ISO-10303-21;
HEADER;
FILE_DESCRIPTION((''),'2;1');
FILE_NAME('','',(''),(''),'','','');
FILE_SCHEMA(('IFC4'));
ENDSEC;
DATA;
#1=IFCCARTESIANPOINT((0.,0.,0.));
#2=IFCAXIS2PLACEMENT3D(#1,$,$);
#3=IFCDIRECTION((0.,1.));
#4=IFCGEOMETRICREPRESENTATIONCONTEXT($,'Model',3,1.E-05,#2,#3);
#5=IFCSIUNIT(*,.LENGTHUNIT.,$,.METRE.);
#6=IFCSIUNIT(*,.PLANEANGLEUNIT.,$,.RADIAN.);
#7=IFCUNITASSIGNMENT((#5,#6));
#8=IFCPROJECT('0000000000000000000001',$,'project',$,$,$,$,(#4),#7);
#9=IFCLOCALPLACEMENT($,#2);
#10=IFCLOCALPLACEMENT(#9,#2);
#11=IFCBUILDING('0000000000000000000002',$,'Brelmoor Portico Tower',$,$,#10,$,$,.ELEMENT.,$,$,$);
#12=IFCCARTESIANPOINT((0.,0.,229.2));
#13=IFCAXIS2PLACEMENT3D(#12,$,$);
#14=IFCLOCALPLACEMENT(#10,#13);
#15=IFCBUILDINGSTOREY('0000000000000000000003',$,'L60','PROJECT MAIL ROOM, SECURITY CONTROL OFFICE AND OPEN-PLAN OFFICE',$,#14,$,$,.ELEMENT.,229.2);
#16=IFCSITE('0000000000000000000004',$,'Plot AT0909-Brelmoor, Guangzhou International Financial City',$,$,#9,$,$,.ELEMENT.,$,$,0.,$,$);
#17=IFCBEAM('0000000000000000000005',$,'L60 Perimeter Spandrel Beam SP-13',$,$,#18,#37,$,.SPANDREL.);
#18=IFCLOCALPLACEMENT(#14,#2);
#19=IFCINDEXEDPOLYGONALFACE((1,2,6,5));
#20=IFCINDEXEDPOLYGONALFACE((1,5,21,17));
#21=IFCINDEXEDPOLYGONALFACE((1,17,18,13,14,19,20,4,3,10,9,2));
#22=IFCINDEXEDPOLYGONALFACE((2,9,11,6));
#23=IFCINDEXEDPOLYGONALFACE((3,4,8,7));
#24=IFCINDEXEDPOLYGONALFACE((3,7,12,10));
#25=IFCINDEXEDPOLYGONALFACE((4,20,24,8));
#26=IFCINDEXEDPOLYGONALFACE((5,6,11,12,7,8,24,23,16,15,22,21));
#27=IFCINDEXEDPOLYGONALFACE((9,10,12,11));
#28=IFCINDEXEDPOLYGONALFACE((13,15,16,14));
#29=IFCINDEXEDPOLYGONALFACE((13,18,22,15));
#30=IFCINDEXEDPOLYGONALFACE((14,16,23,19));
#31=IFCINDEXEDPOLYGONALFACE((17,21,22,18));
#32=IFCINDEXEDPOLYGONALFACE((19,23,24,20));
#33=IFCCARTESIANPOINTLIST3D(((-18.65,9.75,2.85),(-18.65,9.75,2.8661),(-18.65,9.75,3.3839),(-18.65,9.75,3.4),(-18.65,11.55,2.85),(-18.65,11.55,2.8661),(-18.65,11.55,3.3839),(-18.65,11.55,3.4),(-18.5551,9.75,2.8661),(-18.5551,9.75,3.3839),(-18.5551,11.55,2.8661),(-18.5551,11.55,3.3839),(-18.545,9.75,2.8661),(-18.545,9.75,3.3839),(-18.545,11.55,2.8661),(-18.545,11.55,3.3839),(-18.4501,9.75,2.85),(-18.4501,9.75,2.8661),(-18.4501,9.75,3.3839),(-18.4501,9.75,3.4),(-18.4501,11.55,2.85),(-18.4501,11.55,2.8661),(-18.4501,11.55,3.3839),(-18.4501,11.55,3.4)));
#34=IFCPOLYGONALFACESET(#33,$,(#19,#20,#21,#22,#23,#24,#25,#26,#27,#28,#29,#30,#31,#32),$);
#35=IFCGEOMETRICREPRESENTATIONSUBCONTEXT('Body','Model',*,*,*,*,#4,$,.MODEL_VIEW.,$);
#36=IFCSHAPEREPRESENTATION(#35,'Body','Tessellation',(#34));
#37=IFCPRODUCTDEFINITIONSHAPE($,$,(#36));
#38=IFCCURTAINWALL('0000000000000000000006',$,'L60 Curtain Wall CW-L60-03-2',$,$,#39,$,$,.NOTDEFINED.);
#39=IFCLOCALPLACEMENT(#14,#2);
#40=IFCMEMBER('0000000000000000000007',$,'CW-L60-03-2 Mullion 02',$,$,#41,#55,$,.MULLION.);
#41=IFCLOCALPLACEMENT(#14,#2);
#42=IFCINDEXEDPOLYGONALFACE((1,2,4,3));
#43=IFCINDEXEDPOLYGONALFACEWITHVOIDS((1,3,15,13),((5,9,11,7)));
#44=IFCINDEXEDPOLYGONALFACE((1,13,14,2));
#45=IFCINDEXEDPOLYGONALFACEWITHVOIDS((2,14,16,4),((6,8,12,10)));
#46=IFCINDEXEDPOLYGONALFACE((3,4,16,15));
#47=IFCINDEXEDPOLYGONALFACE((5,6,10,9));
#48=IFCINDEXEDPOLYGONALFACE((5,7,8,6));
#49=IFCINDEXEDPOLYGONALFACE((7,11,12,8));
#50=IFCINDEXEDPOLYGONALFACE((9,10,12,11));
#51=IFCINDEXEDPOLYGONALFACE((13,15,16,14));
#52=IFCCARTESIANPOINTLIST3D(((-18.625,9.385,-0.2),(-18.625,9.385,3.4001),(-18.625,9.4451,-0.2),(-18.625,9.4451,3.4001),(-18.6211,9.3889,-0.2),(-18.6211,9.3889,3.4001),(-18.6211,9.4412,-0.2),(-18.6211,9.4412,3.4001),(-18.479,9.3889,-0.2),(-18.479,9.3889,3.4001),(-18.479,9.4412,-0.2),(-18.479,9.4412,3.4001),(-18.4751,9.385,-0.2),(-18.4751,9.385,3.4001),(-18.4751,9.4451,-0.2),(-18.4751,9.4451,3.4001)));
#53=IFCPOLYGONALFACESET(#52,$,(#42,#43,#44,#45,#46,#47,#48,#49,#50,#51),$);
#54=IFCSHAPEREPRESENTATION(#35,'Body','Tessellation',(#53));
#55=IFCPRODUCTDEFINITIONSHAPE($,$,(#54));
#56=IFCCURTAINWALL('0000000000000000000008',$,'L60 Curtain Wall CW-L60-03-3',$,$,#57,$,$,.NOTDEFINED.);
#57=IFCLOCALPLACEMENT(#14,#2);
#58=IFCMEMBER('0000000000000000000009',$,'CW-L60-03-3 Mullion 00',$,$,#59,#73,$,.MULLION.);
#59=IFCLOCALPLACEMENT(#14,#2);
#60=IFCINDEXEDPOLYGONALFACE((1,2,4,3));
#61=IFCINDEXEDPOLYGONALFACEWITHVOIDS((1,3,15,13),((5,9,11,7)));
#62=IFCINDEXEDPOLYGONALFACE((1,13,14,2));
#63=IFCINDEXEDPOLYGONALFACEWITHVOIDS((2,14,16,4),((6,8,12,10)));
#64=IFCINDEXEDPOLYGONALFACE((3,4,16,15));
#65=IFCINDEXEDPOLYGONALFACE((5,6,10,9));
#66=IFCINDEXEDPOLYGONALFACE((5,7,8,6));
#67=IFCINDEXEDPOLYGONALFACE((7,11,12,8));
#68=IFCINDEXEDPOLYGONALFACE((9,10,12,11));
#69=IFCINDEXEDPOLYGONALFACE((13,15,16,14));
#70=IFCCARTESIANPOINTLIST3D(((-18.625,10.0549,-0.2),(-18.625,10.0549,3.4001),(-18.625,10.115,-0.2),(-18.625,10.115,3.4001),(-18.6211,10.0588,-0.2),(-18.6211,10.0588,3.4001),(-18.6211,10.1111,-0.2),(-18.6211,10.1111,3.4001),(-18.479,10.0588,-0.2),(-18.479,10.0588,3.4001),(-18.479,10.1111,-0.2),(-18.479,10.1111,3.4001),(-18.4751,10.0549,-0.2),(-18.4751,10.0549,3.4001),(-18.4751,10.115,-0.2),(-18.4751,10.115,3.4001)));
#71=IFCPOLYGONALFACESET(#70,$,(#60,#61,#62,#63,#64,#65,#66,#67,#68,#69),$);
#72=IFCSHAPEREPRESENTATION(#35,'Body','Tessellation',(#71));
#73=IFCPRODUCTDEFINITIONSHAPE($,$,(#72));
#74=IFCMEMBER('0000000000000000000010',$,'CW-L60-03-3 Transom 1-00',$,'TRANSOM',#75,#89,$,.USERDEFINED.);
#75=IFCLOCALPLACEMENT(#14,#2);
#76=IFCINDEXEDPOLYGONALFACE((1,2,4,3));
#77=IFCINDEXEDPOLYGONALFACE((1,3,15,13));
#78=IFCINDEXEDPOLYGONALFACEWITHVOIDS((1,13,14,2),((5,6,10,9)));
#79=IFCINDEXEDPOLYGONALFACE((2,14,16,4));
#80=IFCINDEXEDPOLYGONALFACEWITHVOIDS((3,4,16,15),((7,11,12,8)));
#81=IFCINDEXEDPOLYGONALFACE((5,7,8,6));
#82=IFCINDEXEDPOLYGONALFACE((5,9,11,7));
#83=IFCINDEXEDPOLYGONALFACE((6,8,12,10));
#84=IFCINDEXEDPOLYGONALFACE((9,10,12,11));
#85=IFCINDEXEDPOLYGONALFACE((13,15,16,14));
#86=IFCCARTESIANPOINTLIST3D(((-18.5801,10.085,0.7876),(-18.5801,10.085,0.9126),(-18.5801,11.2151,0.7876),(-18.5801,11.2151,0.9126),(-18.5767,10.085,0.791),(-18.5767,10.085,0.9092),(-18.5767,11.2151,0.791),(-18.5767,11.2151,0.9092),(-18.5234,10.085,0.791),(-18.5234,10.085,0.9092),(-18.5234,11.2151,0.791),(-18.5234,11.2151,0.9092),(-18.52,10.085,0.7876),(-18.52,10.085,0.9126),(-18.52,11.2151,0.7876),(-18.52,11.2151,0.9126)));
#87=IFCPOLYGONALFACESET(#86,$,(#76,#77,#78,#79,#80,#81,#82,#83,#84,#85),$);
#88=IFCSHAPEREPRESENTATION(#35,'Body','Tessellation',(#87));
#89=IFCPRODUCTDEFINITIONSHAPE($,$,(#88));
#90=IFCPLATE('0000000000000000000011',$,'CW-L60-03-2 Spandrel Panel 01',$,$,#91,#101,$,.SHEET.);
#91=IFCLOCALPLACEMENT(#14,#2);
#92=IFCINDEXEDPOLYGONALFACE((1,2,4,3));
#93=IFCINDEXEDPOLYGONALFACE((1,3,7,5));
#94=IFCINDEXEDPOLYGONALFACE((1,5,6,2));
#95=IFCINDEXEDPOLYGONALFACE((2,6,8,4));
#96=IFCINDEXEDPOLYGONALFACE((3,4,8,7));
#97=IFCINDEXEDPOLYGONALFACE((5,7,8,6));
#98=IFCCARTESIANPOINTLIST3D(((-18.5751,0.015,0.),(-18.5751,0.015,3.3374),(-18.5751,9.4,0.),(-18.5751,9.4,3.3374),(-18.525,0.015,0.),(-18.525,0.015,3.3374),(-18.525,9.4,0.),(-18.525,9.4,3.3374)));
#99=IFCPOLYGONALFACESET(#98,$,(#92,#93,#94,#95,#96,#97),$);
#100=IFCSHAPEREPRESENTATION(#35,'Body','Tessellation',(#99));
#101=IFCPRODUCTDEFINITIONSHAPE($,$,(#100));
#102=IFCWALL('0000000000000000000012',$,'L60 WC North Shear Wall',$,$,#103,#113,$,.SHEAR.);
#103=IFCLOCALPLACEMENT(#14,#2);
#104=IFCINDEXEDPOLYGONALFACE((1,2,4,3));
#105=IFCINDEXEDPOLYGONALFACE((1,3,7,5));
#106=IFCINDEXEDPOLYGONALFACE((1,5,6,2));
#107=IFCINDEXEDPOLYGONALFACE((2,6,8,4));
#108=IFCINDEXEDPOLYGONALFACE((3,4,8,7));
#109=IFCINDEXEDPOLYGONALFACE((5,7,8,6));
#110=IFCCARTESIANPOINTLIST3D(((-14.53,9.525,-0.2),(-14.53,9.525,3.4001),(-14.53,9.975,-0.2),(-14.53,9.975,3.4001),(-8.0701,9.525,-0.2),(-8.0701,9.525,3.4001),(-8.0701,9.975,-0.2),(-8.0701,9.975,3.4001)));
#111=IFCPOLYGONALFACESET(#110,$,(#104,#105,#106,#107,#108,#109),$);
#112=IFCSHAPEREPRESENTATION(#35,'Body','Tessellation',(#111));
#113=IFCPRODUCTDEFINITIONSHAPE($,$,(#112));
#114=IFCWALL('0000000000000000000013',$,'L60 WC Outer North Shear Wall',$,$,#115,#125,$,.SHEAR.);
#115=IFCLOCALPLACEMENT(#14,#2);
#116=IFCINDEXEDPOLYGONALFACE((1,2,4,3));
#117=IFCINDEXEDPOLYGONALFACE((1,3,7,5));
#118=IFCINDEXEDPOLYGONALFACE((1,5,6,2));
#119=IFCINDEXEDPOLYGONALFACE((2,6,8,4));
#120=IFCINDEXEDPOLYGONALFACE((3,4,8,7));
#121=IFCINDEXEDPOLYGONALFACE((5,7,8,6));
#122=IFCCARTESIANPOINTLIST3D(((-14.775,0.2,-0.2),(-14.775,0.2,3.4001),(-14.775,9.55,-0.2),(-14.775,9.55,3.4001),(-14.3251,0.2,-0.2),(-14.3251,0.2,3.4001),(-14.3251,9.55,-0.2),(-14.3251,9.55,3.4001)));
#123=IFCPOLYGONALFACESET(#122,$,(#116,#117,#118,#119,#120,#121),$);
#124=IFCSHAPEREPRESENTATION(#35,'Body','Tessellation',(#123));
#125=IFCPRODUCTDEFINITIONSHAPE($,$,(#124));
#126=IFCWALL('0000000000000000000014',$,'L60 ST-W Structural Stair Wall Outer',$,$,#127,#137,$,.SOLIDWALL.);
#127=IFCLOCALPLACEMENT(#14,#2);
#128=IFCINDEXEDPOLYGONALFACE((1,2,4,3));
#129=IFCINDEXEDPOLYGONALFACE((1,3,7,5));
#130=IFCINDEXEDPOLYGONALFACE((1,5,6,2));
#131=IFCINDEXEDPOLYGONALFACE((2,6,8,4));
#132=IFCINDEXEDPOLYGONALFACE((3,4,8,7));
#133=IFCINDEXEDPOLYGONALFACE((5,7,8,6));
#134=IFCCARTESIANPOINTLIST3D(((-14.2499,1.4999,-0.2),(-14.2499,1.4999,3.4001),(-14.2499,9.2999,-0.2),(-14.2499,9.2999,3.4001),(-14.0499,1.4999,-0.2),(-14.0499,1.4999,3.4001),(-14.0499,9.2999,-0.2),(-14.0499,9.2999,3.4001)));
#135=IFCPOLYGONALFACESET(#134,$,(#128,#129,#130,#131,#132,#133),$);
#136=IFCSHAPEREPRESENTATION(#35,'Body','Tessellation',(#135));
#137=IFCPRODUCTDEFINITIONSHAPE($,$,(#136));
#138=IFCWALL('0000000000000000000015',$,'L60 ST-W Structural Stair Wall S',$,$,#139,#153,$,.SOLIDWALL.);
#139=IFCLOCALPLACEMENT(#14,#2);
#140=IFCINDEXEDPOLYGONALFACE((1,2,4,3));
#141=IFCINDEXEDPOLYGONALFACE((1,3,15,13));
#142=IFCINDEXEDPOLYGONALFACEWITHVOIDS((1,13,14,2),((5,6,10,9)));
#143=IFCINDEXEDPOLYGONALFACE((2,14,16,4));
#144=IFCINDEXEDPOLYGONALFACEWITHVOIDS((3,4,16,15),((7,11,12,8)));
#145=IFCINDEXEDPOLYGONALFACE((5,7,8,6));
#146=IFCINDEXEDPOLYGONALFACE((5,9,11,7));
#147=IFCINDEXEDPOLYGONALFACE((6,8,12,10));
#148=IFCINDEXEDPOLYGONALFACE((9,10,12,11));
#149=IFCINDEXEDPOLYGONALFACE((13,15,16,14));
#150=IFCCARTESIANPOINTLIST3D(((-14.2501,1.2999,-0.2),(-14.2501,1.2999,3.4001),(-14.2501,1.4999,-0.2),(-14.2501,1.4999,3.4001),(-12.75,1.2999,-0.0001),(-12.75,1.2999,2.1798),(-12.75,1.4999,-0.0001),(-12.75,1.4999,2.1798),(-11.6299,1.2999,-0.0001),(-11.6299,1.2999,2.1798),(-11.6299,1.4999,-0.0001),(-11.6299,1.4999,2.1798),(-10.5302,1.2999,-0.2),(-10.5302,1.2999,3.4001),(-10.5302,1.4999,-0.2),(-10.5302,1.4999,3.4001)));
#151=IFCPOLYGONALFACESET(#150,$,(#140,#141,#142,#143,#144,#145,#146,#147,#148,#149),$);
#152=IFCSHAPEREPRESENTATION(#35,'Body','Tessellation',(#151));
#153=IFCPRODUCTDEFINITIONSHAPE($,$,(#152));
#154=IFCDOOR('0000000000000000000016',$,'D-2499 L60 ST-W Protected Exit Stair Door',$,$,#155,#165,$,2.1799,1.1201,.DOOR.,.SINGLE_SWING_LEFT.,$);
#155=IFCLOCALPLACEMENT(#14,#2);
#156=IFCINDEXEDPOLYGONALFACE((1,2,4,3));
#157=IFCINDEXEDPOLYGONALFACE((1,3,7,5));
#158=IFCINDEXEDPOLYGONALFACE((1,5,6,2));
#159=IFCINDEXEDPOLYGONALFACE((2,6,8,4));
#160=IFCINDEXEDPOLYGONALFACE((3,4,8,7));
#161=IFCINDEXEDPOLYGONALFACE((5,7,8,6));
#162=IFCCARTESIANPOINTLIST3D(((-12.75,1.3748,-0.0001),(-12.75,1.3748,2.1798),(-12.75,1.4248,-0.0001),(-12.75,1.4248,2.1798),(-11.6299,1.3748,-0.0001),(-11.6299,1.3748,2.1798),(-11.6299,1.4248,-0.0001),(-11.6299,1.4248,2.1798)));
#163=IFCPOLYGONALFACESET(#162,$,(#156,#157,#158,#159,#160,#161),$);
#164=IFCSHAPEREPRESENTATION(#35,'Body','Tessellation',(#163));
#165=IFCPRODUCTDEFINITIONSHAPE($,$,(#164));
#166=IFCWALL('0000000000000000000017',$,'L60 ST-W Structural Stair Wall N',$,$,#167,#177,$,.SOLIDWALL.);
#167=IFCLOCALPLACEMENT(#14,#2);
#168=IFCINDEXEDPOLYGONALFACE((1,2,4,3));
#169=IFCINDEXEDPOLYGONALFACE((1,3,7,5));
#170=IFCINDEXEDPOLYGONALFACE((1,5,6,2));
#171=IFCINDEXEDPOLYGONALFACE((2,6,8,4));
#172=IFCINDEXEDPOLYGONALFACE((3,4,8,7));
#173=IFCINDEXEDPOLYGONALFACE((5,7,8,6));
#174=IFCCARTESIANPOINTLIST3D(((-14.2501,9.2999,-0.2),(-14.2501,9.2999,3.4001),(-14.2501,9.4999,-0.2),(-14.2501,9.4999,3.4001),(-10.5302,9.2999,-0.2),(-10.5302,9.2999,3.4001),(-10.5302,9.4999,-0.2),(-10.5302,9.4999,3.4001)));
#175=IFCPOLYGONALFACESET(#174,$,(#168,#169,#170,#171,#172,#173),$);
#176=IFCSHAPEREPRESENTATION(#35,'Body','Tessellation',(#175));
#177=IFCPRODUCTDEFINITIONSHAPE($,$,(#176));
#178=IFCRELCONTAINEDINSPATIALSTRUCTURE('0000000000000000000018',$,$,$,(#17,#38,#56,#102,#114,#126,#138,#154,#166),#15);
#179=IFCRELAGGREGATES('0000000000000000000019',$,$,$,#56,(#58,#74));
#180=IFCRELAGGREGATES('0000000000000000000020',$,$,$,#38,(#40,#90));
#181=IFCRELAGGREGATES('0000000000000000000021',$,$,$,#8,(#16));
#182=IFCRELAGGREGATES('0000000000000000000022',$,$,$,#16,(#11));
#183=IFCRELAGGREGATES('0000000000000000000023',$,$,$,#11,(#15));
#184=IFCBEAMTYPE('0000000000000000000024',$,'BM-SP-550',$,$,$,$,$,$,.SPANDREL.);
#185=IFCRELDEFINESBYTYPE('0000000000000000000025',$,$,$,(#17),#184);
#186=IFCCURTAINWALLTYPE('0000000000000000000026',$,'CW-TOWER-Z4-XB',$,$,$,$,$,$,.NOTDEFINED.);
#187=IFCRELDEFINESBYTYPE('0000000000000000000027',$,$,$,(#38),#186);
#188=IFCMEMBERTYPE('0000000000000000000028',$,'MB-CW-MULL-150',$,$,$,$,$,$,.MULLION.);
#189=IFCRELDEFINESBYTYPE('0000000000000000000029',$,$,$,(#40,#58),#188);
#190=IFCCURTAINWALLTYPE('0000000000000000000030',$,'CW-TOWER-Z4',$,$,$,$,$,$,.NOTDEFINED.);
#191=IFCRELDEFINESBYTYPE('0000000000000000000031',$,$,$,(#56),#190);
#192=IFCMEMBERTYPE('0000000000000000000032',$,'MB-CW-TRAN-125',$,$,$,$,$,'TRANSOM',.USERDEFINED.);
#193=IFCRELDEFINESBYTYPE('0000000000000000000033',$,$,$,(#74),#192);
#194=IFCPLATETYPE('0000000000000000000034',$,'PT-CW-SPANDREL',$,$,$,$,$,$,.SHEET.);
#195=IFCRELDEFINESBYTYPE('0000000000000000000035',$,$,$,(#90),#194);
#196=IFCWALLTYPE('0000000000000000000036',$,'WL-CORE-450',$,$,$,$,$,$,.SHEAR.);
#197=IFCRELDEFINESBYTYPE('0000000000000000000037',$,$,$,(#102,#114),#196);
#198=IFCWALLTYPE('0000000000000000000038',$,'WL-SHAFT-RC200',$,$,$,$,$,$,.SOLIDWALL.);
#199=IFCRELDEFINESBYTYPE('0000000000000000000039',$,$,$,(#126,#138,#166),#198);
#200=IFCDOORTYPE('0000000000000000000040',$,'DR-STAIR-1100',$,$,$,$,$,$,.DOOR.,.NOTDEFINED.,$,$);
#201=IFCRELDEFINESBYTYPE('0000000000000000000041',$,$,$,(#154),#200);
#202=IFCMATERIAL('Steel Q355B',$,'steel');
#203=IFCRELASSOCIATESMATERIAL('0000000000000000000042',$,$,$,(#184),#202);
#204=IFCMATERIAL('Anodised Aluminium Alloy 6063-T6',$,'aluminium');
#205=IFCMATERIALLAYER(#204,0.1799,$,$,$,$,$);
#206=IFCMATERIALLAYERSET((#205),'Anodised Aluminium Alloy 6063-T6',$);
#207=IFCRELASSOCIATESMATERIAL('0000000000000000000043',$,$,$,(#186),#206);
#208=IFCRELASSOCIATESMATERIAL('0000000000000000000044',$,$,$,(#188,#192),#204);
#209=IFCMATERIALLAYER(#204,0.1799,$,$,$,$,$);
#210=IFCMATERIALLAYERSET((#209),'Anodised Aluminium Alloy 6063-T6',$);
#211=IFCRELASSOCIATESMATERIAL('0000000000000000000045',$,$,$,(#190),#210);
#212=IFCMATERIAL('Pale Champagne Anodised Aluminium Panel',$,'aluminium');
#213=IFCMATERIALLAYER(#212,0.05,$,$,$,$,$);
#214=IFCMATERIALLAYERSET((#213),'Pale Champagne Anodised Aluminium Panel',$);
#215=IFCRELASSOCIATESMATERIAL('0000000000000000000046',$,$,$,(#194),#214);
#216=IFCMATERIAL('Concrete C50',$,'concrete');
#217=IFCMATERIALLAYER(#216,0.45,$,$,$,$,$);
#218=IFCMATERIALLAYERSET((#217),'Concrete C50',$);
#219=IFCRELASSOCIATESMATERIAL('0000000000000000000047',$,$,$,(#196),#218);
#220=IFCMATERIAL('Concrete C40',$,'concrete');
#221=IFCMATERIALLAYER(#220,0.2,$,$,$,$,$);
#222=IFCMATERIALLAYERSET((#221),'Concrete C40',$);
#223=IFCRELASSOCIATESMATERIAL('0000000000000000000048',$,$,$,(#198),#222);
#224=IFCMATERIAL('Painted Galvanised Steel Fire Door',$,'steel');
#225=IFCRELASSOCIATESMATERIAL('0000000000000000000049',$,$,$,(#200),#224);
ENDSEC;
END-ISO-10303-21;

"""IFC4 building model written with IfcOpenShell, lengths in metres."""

from ifc_helpers import new_model, si_unit, direction, frame, frame_2d, origin, origin_2d, place, context, subcontext, project, spatial, rectangle, hollow_rectangle, i_section, extrude, material, layer, layer_set, material_profile, profile_set, type_object, element, fill, aggregate, save


model = new_model("IFC4")

# Units and contexts
model_context = context("Model", 3, precision=1e-05, world=origin(), true_north=direction((0.0, 1.0)))
body_context = subcontext(model_context, "Body", "Model", "MODEL_VIEW")
ifc_project = project(units=[si_unit("LENGTHUNIT", "METRE"), si_unit("PLANEANGLEUNIT", "RADIAN")], contexts=[model_context])

# Site, building, storey
site_placement = place(None, origin())
site = spatial("IfcSite", under=ifc_project, at=site_placement, Name="Plot AT0909-Brelmoor, Guangzhou International Financial City", CompositionType="ELEMENT", RefElevation=0.0)
building_placement = place(site_placement, origin())
building = spatial("IfcBuilding", under=site, at=building_placement, Name="Brelmoor Portico Tower", CompositionType="ELEMENT")
storey_placement = place(building_placement, frame((0.0, 0.0, 229.2)))
storey = spatial("IfcBuildingStorey", under=building, at=storey_placement, Name="L60", Description="PROJECT MAIL ROOM, SECURITY CONTROL OFFICE AND OPEN-PLAN OFFICE", CompositionType="ELEMENT", Elevation=229.2)

# Shared definitions
ifc_material_1 = material(Name="Steel Q355B", Category="steel")

# Beam
ifc_material_profile_1 = material_profile(ifc_material_1, i_section(OverallWidth=0.2, OverallDepth=0.55, WebThickness=0.01, FlangeThickness=0.0161, at=origin_2d()), Name="HN 550x200x10x16")
ifc_profile_set_1 = profile_set([ifc_material_profile_1], Name="Steel Q355B")
beam_type_1 = type_object("IfcBeamType", Name="BM-SP-550", PredefinedType="SPANDREL", material=ifc_profile_set_1)
beam_1_placement = place(storey_placement, frame((-18.55, 9.75, 3.125), z_axis=(0.0, 1.0, 0.0), x_axis=(-1.0, 0.0, 0.0)))
element("IfcBeam", 1, at=beam_1_placement, inside=storey, type_object=beam_type_1, Name="L60 Perimeter Spandrel Beam SP-13", PredefinedType="SPANDREL", context=body_context, shape_type="SweptSolid", body=[
    extrude(i_section(OverallWidth=0.2, OverallDepth=0.55, WebThickness=0.01, FlangeThickness=0.0161, at=origin_2d()), origin(), (0.0, 0.0, 1.0), 1.8),
])

# Curtain wall, member
ifc_material_2 = material(Name="Anodised Aluminium Alloy 6063-T6", Category="aluminium")
ifc_layer_1 = layer(ifc_material_2, 0.1799)
ifc_layer_set_1 = layer_set([ifc_layer_1], Name="Anodised Aluminium Alloy 6063-T6")
curtain_wall_type_1 = type_object("IfcCurtainWallType", Name="CW-TOWER-Z4-XB", PredefinedType="NOTDEFINED", material=ifc_layer_set_1)
curtain_wall_1_placement = place(storey_placement, origin())
curtain_wall_1 = element("IfcCurtainWall", 2, at=curtain_wall_1_placement, inside=storey, type_object=curtain_wall_type_1, Name="L60 Curtain Wall CW-L60-03-2", PredefinedType="NOTDEFINED")
ifc_material_profile_2 = material_profile(ifc_material_2, hollow_rectangle(XDim=0.0601, YDim=0.1499, WallThickness=0.0039, at=origin_2d()), Name="ALU MULLION 60x150")
ifc_profile_set_2 = profile_set([ifc_material_profile_2], Name="Anodised Aluminium Alloy 6063-T6")
member_type_1 = type_object("IfcMemberType", Name="MB-CW-MULL-150", PredefinedType="MULLION", material=ifc_profile_set_2)
member_1_placement = place(storey_placement, frame((-18.55, 9.415, -0.2), z_axis=(0.0, 0.0, 1.0), x_axis=(0.0, 1.0, 0.0)))
member_1 = element("IfcMember", 3, at=member_1_placement, type_object=member_type_1, Name="CW-L60-03-2 Mullion 02", PredefinedType="MULLION", context=body_context, shape_type="SweptSolid", body=[
    extrude(hollow_rectangle(XDim=0.0601, YDim=0.1499, WallThickness=0.0039, at=origin_2d()), origin(), (0.0, 0.0, 1.0), 3.6001),
])

# Curtain wall, members
ifc_layer_2 = layer(ifc_material_2, 0.1799)
ifc_layer_set_2 = layer_set([ifc_layer_2], Name="Anodised Aluminium Alloy 6063-T6")
curtain_wall_type_2 = type_object("IfcCurtainWallType", Name="CW-TOWER-Z4", PredefinedType="NOTDEFINED", material=ifc_layer_set_2)
curtain_wall_2_placement = place(storey_placement, origin())
curtain_wall_2 = element("IfcCurtainWall", 4, at=curtain_wall_2_placement, inside=storey, type_object=curtain_wall_type_2, Name="L60 Curtain Wall CW-L60-03-3", PredefinedType="NOTDEFINED")
member_2_placement = place(storey_placement, frame((-18.55, 10.085, -0.2), z_axis=(0.0, 0.0, 1.0), x_axis=(0.0, 1.0, 0.0)))
member_2 = element("IfcMember", 5, at=member_2_placement, type_object=member_type_1, Name="CW-L60-03-3 Mullion 00", PredefinedType="MULLION", context=body_context, shape_type="SweptSolid", body=[
    extrude(hollow_rectangle(XDim=0.0601, YDim=0.1499, WallThickness=0.0039, at=origin_2d()), origin(), (0.0, 0.0, 1.0), 3.6001),
])
ifc_material_profile_3 = material_profile(ifc_material_2, hollow_rectangle(XDim=0.0601, YDim=0.125, WallThickness=0.0034, at=origin_2d()), Name="ALU TRANSOM 60x125")
ifc_profile_set_3 = profile_set([ifc_material_profile_3], Name="Anodised Aluminium Alloy 6063-T6")
member_type_2 = type_object("IfcMemberType", Name="MB-CW-TRAN-125", ElementType="TRANSOM", PredefinedType="USERDEFINED", material=ifc_profile_set_3)
member_3_placement = place(storey_placement, frame((-18.55, 10.085, 0.8501), z_axis=(0.0, 1.0, 0.0), x_axis=(-1.0, 0.0, 0.0)))
member_3 = element("IfcMember", 6, at=member_3_placement, type_object=member_type_2, Name="CW-L60-03-3 Transom 1-00", ObjectType="TRANSOM", PredefinedType="USERDEFINED", context=body_context, shape_type="SweptSolid", body=[
    extrude(hollow_rectangle(XDim=0.0601, YDim=0.125, WallThickness=0.0034, at=origin_2d()), origin(), (0.0, 0.0, 1.0), 1.1301),
])
aggregate(curtain_wall_2, [member_2, member_3])

# Plate
ifc_material_3 = material(Name="Pale Champagne Anodised Aluminium Panel", Category="aluminium")
ifc_layer_3 = layer(ifc_material_3, 0.05)
ifc_layer_set_3 = layer_set([ifc_layer_3], Name="Pale Champagne Anodised Aluminium Panel")
plate_type = type_object("IfcPlateType", Name="PT-CW-SPANDREL", PredefinedType="SHEET", material=ifc_layer_set_3)
plate_placement = place(storey_placement, frame((-18.55, 4.7075, 0.0), z_axis=(0.0, 0.0, 1.0), x_axis=(0.0, 1.0, 0.0)))
plate = element("IfcPlate", 7, at=plate_placement, type_object=plate_type, Name="CW-L60-03-2 Spandrel Panel 01", PredefinedType="SHEET", context=body_context, shape_type="SweptSolid", body=[
    extrude(rectangle(XDim=9.385, YDim=0.05, at=origin_2d()), origin(), (0.0, 0.0, 1.0), 3.3374),
])
aggregate(curtain_wall_1, [member_1, plate])

# Walls
ifc_material_4 = material(Name="Concrete C50", Category="concrete")
ifc_layer_4 = layer(ifc_material_4, 0.45)
ifc_layer_set_4 = layer_set([ifc_layer_4], Name="Concrete C50")
wall_type_1 = type_object("IfcWallType", Name="WL-CORE-450", PredefinedType="SHEAR", material=ifc_layer_set_4)
wall_1_placement = place(storey_placement, frame((-14.53, 9.75, -0.2), z_axis=(0.0, 0.0, 1.0), x_axis=(1.0, 0.0, 0.0)))
element("IfcWall", 8, at=wall_1_placement, inside=storey, type_object=wall_type_1, Name="L60 WC North Shear Wall", PredefinedType="SHEAR", context=body_context, shape_type="SweptSolid", body=[
    extrude(rectangle(XDim=6.46, YDim=0.45, at=frame_2d((3.23, 0.0))), origin(), (0.0, 0.0, 1.0), 3.6001),
])
wall_2_placement = place(storey_placement, frame((-14.55, 0.2, -0.2), z_axis=(0.0, 0.0, 1.0), x_axis=(0.0, 1.0, 0.0)))
element("IfcWall", 9, at=wall_2_placement, inside=storey, type_object=wall_type_1, Name="L60 WC Outer North Shear Wall", PredefinedType="SHEAR", context=body_context, shape_type="SweptSolid", body=[
    extrude(rectangle(XDim=9.3501, YDim=0.45, at=frame_2d((4.675, 0.0))), origin(), (0.0, 0.0, 1.0), 3.6001),
])
ifc_material_5 = material(Name="Concrete C40", Category="concrete")
ifc_layer_5 = layer(ifc_material_5, 0.2)
ifc_layer_set_5 = layer_set([ifc_layer_5], Name="Concrete C40")
wall_type_2 = type_object("IfcWallType", Name="WL-SHAFT-RC200", PredefinedType="SOLIDWALL", material=ifc_layer_set_5)
wall_3_placement = place(storey_placement, frame((-14.1499, 1.5, -0.2), z_axis=(0.0, 0.0, 1.0), x_axis=(0.0, 1.0, 0.0)))
element("IfcWall", 10, at=wall_3_placement, inside=storey, type_object=wall_type_2, Name="L60 ST-W Structural Stair Wall Outer", PredefinedType="SOLIDWALL", context=body_context, shape_type="SweptSolid", body=[
    extrude(rectangle(XDim=7.8, YDim=0.2, at=frame_2d((3.8999, 0.0))), origin(), (0.0, 0.0, 1.0), 3.6001),
])

# Wall, opening, door
wall_4_placement = place(storey_placement, frame((-14.25, 1.3999, -0.2), z_axis=(0.0, 0.0, 1.0), x_axis=(1.0, 0.0, 0.0)))
wall_4 = element("IfcWall", 11, at=wall_4_placement, inside=storey, type_object=wall_type_2, Name="L60 ST-W Structural Stair Wall S", PredefinedType="SOLIDWALL", context=body_context, shape_type="SweptSolid", body=[
    extrude(rectangle(XDim=3.72, YDim=0.2, at=frame_2d((1.8599, 0.0))), origin(), (0.0, 0.0, 1.0), 3.6001),
])
opening_placement = place(wall_4_placement, frame((1.5, 0.0, 0.2)))
opening = element("IfcOpeningElement", 12, at=opening_placement, cuts=wall_4, PredefinedType="OPENING", context=body_context, shape_type="SweptSolid", body=[
    extrude(rectangle(XDim=1.1201, YDim=2.1799, at=frame_2d((0.5601, 1.0898))), frame((0.0, 0.1099, 0.0), z_axis=(0.0, -1.0, 0.0), x_axis=(1.0, 0.0, 0.0)), (0.0, 0.0, 1.0), 0.22),
])
ifc_material_6 = material(Name="Painted Galvanised Steel Fire Door", Category="steel")
door_type = type_object("IfcDoorType", Name="DR-STAIR-1100", OperationType="NOTDEFINED", PredefinedType="DOOR", material=ifc_material_6)
door_placement = place(opening_placement, origin())
door = element("IfcDoor", 13, at=door_placement, inside=storey, type_object=door_type, Name="D-2499 L60 ST-W Protected Exit Stair Door", OperationType="SINGLE_SWING_LEFT", OverallHeight=2.1799, OverallWidth=1.1201, PredefinedType="DOOR", context=body_context, shape_type="SweptSolid", body=[
    extrude(rectangle(XDim=1.1201, YDim=2.1799, at=frame_2d((0.5601, 1.0898))), frame((0.0, 0.0249, 0.0), z_axis=(0.0, -1.0, 0.0), x_axis=(1.0, 0.0, 0.0)), (0.0, 0.0, 1.0), 0.05),
])
fill(opening, door)

# Wall
wall_5_placement = place(storey_placement, frame((-14.25, 9.3999, -0.2), z_axis=(0.0, 0.0, 1.0), x_axis=(1.0, 0.0, 0.0)))
element("IfcWall", 14, at=wall_5_placement, inside=storey, type_object=wall_type_2, Name="L60 ST-W Structural Stair Wall N", PredefinedType="SOLIDWALL", context=body_context, shape_type="SweptSolid", body=[
    extrude(rectangle(XDim=3.72, YDim=0.2, at=frame_2d((1.8599, 0.0))), origin(), (0.0, 0.0, 1.0), 3.6001),
])

save(model, "model.ifc")
